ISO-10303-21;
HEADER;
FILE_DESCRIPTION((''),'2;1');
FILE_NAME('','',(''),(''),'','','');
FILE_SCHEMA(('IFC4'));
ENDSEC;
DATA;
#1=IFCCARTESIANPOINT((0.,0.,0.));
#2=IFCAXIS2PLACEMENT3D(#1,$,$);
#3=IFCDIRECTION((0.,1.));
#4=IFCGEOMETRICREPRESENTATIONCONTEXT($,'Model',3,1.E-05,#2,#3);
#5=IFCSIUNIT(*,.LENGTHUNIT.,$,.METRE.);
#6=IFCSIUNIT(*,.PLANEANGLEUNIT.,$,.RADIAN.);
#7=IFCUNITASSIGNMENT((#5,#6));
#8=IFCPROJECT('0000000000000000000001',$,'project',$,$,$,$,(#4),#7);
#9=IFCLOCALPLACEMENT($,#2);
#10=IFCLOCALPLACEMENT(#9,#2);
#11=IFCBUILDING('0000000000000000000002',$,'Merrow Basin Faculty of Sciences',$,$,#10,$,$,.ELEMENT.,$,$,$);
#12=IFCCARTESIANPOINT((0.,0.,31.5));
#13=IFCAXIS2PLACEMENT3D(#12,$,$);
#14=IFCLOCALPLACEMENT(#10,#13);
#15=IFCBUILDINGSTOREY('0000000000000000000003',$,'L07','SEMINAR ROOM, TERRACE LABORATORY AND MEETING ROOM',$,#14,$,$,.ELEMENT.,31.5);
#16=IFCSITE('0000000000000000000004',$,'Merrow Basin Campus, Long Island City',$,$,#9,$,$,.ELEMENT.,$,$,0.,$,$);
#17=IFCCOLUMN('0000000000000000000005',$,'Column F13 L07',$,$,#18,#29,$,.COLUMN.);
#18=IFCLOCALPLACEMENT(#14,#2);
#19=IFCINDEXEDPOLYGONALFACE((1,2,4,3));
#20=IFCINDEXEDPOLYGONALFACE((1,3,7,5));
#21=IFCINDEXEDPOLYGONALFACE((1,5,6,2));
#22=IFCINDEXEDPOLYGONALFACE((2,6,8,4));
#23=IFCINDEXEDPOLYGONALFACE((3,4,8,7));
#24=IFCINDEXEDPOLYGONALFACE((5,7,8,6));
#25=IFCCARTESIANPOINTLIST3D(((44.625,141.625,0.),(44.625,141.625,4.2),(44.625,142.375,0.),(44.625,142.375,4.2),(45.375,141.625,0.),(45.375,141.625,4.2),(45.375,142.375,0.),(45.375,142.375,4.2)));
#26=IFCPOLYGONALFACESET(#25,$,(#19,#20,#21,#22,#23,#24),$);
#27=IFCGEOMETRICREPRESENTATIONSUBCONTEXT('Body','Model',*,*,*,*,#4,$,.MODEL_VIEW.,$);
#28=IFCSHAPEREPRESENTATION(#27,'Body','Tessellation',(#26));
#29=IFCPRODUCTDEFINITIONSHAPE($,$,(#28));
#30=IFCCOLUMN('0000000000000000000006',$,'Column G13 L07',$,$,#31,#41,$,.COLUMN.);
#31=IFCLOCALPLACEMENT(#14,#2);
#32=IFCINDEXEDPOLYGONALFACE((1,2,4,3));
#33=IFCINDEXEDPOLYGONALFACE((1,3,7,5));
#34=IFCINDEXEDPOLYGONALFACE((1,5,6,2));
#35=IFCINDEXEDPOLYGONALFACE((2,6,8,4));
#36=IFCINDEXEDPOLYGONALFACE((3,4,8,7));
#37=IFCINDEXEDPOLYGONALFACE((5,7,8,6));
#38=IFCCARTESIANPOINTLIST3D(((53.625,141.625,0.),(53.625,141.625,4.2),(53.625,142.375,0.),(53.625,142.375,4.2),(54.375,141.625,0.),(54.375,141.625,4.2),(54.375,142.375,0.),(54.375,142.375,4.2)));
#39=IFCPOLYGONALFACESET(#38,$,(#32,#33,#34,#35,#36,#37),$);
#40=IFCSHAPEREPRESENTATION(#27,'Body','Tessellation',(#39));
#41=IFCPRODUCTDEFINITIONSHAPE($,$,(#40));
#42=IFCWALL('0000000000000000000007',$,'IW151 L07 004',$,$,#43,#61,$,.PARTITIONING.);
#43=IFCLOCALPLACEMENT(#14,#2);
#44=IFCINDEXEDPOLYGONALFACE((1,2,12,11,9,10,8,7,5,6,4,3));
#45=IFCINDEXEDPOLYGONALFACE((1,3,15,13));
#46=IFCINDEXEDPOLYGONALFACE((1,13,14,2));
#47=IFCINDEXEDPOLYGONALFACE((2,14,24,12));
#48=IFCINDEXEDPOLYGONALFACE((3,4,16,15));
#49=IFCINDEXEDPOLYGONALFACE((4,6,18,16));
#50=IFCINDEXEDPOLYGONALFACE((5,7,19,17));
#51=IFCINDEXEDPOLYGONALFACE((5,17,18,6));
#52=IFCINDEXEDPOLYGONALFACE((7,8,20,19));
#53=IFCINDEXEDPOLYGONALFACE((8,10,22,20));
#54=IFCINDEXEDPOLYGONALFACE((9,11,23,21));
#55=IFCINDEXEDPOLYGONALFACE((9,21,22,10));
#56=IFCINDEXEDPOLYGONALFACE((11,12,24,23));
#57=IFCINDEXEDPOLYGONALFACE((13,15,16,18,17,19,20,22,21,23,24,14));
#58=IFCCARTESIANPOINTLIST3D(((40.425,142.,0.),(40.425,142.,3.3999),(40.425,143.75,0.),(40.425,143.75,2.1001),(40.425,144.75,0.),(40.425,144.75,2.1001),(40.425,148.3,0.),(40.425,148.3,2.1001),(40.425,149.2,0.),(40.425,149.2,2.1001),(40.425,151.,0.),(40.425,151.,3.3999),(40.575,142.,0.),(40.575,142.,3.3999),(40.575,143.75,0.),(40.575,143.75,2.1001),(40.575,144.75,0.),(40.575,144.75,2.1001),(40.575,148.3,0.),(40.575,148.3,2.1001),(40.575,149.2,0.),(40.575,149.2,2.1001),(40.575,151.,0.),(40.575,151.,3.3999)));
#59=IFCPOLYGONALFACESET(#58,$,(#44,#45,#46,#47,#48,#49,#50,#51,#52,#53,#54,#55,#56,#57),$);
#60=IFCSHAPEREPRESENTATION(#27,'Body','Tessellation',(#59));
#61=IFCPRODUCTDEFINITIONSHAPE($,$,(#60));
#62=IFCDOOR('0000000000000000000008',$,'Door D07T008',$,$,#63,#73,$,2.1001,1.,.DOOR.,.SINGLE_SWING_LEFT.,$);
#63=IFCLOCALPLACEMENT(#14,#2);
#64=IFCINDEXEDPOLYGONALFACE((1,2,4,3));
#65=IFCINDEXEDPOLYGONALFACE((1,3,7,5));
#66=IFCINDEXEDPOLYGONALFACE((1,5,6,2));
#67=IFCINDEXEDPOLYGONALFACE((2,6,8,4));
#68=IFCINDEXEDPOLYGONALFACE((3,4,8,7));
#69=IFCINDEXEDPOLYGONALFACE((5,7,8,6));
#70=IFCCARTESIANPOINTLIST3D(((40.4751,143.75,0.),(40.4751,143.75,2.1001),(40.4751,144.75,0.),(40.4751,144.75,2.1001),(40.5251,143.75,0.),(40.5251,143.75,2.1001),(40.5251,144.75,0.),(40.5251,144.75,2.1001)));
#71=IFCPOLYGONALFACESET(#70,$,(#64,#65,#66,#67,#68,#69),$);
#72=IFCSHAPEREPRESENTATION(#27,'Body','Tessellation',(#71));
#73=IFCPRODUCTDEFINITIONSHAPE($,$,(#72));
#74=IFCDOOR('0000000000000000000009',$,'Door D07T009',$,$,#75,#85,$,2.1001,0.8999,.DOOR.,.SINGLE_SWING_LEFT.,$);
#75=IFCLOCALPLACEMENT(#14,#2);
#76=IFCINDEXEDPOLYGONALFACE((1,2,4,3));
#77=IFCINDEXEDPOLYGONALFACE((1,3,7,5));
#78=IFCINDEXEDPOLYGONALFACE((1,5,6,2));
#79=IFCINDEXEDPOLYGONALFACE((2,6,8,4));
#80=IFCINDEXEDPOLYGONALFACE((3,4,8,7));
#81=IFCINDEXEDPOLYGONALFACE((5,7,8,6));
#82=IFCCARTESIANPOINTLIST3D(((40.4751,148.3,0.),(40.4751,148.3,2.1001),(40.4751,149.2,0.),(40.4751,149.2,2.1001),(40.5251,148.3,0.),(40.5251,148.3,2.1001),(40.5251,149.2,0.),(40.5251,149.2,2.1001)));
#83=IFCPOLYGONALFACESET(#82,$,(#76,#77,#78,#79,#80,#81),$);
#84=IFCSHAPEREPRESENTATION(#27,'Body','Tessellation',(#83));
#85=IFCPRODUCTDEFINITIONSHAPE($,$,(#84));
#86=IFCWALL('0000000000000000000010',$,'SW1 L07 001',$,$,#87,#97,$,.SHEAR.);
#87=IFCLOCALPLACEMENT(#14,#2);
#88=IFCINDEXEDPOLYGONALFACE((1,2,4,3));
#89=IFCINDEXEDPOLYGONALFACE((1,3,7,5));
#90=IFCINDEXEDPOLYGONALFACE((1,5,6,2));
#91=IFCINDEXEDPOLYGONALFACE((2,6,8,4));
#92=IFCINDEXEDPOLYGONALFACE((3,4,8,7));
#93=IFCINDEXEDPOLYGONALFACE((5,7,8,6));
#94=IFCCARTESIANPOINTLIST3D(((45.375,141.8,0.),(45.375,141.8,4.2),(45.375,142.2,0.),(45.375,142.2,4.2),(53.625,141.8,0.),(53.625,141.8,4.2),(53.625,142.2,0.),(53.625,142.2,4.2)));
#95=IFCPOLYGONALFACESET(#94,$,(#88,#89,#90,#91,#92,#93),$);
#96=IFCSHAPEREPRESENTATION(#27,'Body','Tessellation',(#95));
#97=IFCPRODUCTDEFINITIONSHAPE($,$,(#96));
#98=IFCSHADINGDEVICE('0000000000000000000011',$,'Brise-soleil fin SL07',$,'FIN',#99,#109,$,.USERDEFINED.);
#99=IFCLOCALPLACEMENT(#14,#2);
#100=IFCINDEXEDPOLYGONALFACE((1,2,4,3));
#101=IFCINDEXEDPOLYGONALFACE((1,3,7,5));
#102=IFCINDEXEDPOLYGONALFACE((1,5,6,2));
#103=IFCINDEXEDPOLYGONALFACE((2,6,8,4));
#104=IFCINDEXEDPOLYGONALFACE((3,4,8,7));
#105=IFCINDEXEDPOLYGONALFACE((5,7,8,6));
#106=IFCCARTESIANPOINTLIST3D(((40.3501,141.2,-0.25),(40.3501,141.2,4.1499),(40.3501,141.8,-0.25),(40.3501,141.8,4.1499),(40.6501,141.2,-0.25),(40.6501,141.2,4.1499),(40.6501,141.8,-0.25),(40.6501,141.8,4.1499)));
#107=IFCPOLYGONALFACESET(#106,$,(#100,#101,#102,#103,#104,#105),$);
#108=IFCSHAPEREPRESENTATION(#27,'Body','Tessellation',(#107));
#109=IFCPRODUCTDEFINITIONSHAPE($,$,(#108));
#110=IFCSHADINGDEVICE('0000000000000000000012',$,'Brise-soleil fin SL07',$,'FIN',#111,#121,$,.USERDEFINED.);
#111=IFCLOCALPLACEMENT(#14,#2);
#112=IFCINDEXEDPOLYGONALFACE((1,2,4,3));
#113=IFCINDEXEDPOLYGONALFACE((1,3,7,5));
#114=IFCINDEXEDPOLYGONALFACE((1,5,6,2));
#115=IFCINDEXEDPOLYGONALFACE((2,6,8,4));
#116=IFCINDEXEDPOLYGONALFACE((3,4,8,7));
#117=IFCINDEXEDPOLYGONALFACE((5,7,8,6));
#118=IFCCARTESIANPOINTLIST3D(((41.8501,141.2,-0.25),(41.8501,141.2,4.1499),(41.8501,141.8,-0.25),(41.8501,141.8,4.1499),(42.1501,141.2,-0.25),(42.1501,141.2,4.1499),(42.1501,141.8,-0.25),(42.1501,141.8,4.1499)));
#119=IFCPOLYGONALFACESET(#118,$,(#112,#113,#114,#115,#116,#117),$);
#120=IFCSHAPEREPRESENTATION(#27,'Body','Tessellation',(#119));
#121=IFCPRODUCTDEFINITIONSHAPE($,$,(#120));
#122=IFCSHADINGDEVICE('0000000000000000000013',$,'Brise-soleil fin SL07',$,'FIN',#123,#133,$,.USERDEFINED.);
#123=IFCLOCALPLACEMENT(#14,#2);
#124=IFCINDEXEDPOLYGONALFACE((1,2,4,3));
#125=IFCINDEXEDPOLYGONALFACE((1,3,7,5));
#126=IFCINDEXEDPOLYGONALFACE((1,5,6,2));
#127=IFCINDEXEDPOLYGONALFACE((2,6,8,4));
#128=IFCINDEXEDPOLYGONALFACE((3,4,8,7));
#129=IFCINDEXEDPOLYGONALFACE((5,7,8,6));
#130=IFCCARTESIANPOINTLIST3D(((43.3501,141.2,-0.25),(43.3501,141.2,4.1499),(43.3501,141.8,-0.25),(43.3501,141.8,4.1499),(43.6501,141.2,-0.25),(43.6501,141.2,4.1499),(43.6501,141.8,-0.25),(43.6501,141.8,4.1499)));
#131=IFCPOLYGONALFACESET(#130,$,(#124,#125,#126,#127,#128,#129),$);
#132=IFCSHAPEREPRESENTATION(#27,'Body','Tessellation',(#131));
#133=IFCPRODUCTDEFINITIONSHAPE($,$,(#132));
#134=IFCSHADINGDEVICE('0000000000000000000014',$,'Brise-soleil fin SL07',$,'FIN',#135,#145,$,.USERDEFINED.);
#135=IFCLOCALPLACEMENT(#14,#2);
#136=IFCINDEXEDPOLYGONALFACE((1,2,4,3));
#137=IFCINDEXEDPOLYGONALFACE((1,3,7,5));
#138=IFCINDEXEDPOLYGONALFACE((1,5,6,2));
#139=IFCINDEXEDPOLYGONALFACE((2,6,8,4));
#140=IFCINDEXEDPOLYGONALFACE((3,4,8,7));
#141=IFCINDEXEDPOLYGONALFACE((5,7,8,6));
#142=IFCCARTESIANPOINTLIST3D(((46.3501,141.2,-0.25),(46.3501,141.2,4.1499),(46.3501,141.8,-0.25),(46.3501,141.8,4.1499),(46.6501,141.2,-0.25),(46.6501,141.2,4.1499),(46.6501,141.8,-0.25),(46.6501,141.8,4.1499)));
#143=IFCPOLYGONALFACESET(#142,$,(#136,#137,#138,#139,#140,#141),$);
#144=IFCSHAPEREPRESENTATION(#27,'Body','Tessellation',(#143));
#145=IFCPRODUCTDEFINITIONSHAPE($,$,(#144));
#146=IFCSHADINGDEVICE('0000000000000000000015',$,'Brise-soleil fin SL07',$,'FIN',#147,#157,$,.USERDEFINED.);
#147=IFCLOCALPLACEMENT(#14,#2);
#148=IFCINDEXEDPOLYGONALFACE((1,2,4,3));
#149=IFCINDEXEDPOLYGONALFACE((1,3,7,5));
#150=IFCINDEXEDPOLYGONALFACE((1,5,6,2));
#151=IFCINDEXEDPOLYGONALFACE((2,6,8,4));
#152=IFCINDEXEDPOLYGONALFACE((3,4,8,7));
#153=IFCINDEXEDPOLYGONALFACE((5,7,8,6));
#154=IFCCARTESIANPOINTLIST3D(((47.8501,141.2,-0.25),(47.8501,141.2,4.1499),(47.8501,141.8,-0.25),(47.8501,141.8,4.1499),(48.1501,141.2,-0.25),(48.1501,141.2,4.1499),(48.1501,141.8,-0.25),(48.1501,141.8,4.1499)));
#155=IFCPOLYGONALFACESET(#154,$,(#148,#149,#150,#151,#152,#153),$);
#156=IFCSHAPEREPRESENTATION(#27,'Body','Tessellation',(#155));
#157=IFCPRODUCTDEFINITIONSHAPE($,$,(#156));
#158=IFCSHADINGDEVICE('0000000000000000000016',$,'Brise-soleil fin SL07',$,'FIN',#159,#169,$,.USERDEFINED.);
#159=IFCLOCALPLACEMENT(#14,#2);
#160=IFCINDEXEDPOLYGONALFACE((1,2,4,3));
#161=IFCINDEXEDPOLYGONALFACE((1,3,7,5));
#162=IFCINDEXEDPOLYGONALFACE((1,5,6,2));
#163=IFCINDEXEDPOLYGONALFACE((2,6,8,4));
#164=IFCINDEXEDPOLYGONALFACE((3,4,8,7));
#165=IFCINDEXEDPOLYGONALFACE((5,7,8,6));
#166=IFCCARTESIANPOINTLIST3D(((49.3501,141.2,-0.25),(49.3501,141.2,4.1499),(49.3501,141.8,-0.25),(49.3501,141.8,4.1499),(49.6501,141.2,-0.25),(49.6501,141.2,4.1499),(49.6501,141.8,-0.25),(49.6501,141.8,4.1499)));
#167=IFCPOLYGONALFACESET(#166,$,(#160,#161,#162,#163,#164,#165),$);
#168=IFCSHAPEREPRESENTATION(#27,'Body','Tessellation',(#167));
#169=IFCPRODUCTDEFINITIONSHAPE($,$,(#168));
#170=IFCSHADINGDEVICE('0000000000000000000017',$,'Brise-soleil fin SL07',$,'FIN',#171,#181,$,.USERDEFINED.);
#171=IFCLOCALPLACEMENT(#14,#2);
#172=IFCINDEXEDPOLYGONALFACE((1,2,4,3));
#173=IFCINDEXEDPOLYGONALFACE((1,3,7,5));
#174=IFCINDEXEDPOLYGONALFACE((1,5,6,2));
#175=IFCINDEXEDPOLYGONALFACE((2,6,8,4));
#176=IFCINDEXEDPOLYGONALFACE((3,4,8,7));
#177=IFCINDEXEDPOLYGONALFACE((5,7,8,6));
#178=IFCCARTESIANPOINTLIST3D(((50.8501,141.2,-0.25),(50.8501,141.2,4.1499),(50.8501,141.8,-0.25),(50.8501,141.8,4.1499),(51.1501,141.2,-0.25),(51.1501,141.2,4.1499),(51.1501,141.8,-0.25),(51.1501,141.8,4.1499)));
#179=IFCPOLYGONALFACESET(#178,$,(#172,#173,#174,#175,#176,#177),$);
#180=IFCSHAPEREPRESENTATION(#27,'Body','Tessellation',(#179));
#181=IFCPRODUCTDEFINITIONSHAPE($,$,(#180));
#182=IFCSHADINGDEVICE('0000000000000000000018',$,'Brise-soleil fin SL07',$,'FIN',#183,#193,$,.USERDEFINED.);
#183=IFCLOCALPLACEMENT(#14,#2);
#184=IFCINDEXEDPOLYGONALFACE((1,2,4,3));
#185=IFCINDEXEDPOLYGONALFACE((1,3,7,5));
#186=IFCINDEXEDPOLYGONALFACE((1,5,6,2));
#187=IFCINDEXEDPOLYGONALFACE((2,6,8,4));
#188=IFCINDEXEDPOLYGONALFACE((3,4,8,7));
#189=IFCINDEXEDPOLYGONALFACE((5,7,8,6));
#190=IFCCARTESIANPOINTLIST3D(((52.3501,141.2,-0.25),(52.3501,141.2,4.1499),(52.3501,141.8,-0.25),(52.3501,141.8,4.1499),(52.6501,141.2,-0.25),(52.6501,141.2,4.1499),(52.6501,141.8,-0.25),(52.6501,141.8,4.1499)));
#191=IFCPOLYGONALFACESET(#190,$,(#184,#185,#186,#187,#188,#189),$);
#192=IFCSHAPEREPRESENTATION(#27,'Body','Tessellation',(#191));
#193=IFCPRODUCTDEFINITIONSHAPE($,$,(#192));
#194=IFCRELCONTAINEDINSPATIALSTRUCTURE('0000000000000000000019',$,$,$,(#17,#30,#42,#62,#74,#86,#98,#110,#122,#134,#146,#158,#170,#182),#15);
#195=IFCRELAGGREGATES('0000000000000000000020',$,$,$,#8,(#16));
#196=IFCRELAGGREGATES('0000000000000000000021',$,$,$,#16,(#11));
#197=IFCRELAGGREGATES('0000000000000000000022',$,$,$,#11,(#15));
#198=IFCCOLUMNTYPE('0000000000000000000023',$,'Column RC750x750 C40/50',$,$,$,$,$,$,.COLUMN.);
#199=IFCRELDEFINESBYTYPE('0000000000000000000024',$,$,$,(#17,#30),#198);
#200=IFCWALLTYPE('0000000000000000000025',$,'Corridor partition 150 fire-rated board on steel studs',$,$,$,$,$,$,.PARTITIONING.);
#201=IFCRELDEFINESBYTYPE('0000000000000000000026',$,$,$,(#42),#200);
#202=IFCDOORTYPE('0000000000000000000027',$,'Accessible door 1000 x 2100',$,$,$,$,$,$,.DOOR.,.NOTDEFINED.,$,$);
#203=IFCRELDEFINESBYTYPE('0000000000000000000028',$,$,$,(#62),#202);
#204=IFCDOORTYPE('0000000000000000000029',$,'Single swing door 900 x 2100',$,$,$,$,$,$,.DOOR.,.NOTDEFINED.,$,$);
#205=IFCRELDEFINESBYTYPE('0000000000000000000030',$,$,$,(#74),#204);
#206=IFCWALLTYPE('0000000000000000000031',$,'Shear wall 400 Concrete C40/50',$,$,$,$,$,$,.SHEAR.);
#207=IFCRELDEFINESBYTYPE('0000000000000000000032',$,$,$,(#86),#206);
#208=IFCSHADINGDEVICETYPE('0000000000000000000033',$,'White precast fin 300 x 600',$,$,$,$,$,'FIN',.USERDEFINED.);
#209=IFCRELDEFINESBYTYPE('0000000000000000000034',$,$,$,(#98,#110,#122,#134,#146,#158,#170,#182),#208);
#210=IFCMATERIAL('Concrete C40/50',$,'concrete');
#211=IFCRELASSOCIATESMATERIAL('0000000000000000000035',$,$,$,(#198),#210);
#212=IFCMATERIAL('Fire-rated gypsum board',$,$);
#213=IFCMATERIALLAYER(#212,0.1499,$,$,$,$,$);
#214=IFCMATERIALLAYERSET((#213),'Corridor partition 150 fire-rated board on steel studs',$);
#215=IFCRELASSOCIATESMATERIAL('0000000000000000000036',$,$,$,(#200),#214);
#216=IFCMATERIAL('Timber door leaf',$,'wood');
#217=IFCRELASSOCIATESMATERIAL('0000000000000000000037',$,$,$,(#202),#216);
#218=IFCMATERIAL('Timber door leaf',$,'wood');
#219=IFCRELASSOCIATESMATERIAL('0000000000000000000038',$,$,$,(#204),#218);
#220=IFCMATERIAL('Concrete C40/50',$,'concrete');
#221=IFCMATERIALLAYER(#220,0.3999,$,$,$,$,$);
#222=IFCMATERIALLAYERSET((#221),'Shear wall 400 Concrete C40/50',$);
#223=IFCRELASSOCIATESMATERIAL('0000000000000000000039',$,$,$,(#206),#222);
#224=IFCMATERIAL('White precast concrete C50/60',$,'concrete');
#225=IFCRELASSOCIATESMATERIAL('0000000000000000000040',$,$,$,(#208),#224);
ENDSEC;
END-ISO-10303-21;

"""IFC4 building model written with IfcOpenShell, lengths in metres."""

from ifc_helpers import new_model, si_unit, direction, frame, frame_2d, origin, origin_2d, place, context, subcontext, project, spatial, polyline, rectangle, outline, extrude, source, transform, mapped, material, layer, layer_set, material_profile, profile_set, type_object, element, fill, save


model = new_model("IFC4")

# Units and contexts
model_context = context("Model", 3, precision=1e-05, world=origin(), true_north=direction((0.0, 1.0)))
body_context = subcontext(model_context, "Body", "Model", "MODEL_VIEW")
ifc_project = project(units=[si_unit("LENGTHUNIT", "METRE"), si_unit("PLANEANGLEUNIT", "RADIAN")], contexts=[model_context])

# Site, building, storey
site_placement = place(None, origin())
site = spatial("IfcSite", under=ifc_project, at=site_placement, Name="Merrow Basin Campus, Long Island City", CompositionType="ELEMENT", RefElevation=0.0)
building_placement = place(site_placement, origin())
building = spatial("IfcBuilding", under=site, at=building_placement, Name="Merrow Basin Faculty of Sciences", CompositionType="ELEMENT")
storey_placement = place(building_placement, frame((0.0, 0.0, 31.5)))
storey = spatial("IfcBuildingStorey", under=building, at=storey_placement, Name="L07", Description="SEMINAR ROOM, TERRACE LABORATORY AND MEETING ROOM", CompositionType="ELEMENT", Elevation=31.5)

# Columns
ifc_material_1 = material(Name="Concrete C40/50", Category="concrete")
ifc_material_profile = material_profile(ifc_material_1, rectangle(XDim=0.75, YDim=0.75, at=origin_2d()))
ifc_profile_set = profile_set([ifc_material_profile], Name="Concrete C40/50")
column_type = type_object("IfcColumnType", Name="Column RC750x750 C40/50", PredefinedType="COLUMN", material=ifc_profile_set)
for number, where, z_axis, x_axis, name in (
    (1, (45.0, 142.0, 0.0), (0.0, 0.0, 1.0), (1.0, 0.0, 0.0), "Column F13 L07"),
    (2, (54.0, 142.0, 0.0), (0.0, 0.0, 1.0), (1.0, 0.0, 0.0), "Column G13 L07"),
):
    element("IfcColumn", number, at=place(storey_placement, frame(where, z_axis=z_axis, x_axis=x_axis)), inside=storey, type_object=column_type, Name=name, PredefinedType="COLUMN", context=body_context, shape_type="SweptSolid", body=[
        extrude(rectangle(XDim=0.75, YDim=0.75, at=origin_2d()), origin(), (0.0, 0.0, 1.0), 4.2),
    ])

# Wall, openings, doors
ifc_material_2 = material(Name="Fire-rated gypsum board")
ifc_layer_1 = layer(ifc_material_2, 0.1499)
ifc_layer_set_1 = layer_set([ifc_layer_1], Name="Corridor partition 150 fire-rated board on steel studs")
wall_type_1 = type_object("IfcWallType", Name="Corridor partition 150 fire-rated board on steel studs", PredefinedType="PARTITIONING", material=ifc_layer_set_1)
wall_1_placement = place(storey_placement, frame((40.5, 142.0, 0.0), z_axis=(0.0, 0.0, 1.0), x_axis=(0.0, 1.0, 0.0)))
wall_1 = element("IfcWall", 3, at=wall_1_placement, inside=storey, type_object=wall_type_1, Name="IW151 L07 004", PredefinedType="PARTITIONING", context=body_context, shape_type="SweptSolid", body=[
    extrude(rectangle(XDim=9.0, YDim=0.1499, at=frame_2d((4.5, 0.0))), origin(), (0.0, 0.0, 1.0), 3.3999),
])
opening_1_placement = place(wall_1_placement, frame((1.75, 0.0, 0.0)))
opening_1 = element("IfcOpeningElement", 4, at=opening_1_placement, cuts=wall_1, PredefinedType="OPENING", context=body_context, shape_type="SweptSolid", body=[
    extrude(rectangle(XDim=1.0, YDim=2.1001, at=frame_2d((0.5, 1.05))), frame((0.0, 0.085, 0.0), z_axis=(0.0, -1.0, 0.0), x_axis=(1.0, 0.0, 0.0)), (0.0, 0.0, 1.0), 0.1699),
])
opening_2_placement = place(wall_1_placement, frame((6.3, 0.0, 0.0)))
opening_2 = element("IfcOpeningElement", 5, at=opening_2_placement, cuts=wall_1, PredefinedType="OPENING", context=body_context, shape_type="SweptSolid", body=[
    extrude(rectangle(XDim=0.8999, YDim=2.1001, at=frame_2d((0.45, 1.05))), frame((0.0, 0.085, 0.0), z_axis=(0.0, -1.0, 0.0), x_axis=(1.0, 0.0, 0.0)), (0.0, 0.0, 1.0), 0.1699),
])
ifc_material_3 = material(Name="Timber door leaf", Category="wood")
door_type_1 = type_object("IfcDoorType", Name="Accessible door 1000 x 2100", OperationType="NOTDEFINED", PredefinedType="DOOR", material=ifc_material_3)
door_1_placement = place(opening_1_placement, origin())
door_1 = element("IfcDoor", 6, at=door_1_placement, inside=storey, type_object=door_type_1, Name="Door D07T008", OperationType="SINGLE_SWING_LEFT", OverallHeight=2.1001, OverallWidth=1.0, PredefinedType="DOOR", context=body_context, shape_type="SweptSolid", body=[
    extrude(rectangle(XDim=1.0, YDim=2.1001, at=frame_2d((0.5, 1.05))), frame((0.0, 0.0249, 0.0), z_axis=(0.0, -1.0, 0.0), x_axis=(1.0, 0.0, 0.0)), (0.0, 0.0, 1.0), 0.05),
])
fill(opening_1, door_1)
ifc_material_4 = material(Name="Timber door leaf", Category="wood")
door_type_2 = type_object("IfcDoorType", Name="Single swing door 900 x 2100", OperationType="NOTDEFINED", PredefinedType="DOOR", material=ifc_material_4)
door_2_placement = place(opening_2_placement, origin())
door_2 = element("IfcDoor", 7, at=door_2_placement, inside=storey, type_object=door_type_2, Name="Door D07T009", OperationType="SINGLE_SWING_LEFT", OverallHeight=2.1001, OverallWidth=0.8999, PredefinedType="DOOR", context=body_context, shape_type="SweptSolid", body=[
    extrude(rectangle(XDim=0.8999, YDim=2.1001, at=frame_2d((0.45, 1.05))), frame((0.0, 0.0249, 0.0), z_axis=(0.0, -1.0, 0.0), x_axis=(1.0, 0.0, 0.0)), (0.0, 0.0, 1.0), 0.05),
])
fill(opening_2, door_2)

# Wall
ifc_material_5 = material(Name="Concrete C40/50", Category="concrete")
ifc_layer_2 = layer(ifc_material_5, 0.3999)
ifc_layer_set_2 = layer_set([ifc_layer_2], Name="Shear wall 400 Concrete C40/50")
wall_type_2 = type_object("IfcWallType", Name="Shear wall 400 Concrete C40/50", PredefinedType="SHEAR", material=ifc_layer_set_2)
wall_2_placement = place(storey_placement, frame((45.375, 142.0, 0.0), z_axis=(0.0, 0.0, 1.0), x_axis=(1.0, 0.0, 0.0)))
element("IfcWall", 8, at=wall_2_placement, inside=storey, type_object=wall_type_2, Name="SW1 L07 001", PredefinedType="SHEAR", context=body_context, shape_type="SweptSolid", body=[
    extrude(rectangle(XDim=8.25, YDim=0.3999, at=frame_2d((4.125, 0.0))), origin(), (0.0, 0.0, 1.0), 4.2),
])

# Shading devices
ifc_material_6 = material(Name="White precast concrete C50/60", Category="concrete")
shading_device_type = type_object("IfcShadingDeviceType", Name="White precast fin 300 x 600", ElementType="FIN", PredefinedType="USERDEFINED", material=ifc_material_6)
shared_shape_1 = source(origin(), body_context, "Body", "SweptSolid", [
    extrude(outline(polyline([(0.0, 0.0), (0.3, 0.0), (0.3, 4.3999), (0.0, 4.3999), (0.0, 0.0)])), origin(), (0.0, 0.0, 1.0), 0.6001),
])
for number, where, z_axis, x_axis, name in (
    (9, (40.3501, 141.8, -0.25), (0.0, -1.0, 0.0), (1.0, 0.0, 0.0), "Brise-soleil fin SL07"),
    (10, (41.8501, 141.8, -0.25), (0.0, -1.0, 0.0), (1.0, 0.0, 0.0), "Brise-soleil fin SL07"),
    (11, (43.3501, 141.8, -0.25), (0.0, -1.0, 0.0), (1.0, 0.0, 0.0), "Brise-soleil fin SL07"),
    (12, (46.3501, 141.8, -0.25), (0.0, -1.0, 0.0), (1.0, 0.0, 0.0), "Brise-soleil fin SL07"),
    (13, (47.8501, 141.8, -0.25), (0.0, -1.0, 0.0), (1.0, 0.0, 0.0), "Brise-soleil fin SL07"),
    (14, (49.3501, 141.8, -0.25), (0.0, -1.0, 0.0), (1.0, 0.0, 0.0), "Brise-soleil fin SL07"),
    (15, (50.8501, 141.8, -0.25), (0.0, -1.0, 0.0), (1.0, 0.0, 0.0), "Brise-soleil fin SL07"),
    (16, (52.3501, 141.8, -0.25), (0.0, -1.0, 0.0), (1.0, 0.0, 0.0), "Brise-soleil fin SL07"),
):
    element("IfcShadingDevice", number, at=place(storey_placement, frame(where, z_axis=z_axis, x_axis=x_axis)), inside=storey, type_object=shading_device_type, Name=name, ObjectType="FIN", PredefinedType="USERDEFINED", context=body_context, shape_type="MappedRepresentation", body=[
        mapped(shared_shape_1, transform((0.0, 0.0, 0.0), scale=1.0)),
    ])

save(model, "model.ifc")
